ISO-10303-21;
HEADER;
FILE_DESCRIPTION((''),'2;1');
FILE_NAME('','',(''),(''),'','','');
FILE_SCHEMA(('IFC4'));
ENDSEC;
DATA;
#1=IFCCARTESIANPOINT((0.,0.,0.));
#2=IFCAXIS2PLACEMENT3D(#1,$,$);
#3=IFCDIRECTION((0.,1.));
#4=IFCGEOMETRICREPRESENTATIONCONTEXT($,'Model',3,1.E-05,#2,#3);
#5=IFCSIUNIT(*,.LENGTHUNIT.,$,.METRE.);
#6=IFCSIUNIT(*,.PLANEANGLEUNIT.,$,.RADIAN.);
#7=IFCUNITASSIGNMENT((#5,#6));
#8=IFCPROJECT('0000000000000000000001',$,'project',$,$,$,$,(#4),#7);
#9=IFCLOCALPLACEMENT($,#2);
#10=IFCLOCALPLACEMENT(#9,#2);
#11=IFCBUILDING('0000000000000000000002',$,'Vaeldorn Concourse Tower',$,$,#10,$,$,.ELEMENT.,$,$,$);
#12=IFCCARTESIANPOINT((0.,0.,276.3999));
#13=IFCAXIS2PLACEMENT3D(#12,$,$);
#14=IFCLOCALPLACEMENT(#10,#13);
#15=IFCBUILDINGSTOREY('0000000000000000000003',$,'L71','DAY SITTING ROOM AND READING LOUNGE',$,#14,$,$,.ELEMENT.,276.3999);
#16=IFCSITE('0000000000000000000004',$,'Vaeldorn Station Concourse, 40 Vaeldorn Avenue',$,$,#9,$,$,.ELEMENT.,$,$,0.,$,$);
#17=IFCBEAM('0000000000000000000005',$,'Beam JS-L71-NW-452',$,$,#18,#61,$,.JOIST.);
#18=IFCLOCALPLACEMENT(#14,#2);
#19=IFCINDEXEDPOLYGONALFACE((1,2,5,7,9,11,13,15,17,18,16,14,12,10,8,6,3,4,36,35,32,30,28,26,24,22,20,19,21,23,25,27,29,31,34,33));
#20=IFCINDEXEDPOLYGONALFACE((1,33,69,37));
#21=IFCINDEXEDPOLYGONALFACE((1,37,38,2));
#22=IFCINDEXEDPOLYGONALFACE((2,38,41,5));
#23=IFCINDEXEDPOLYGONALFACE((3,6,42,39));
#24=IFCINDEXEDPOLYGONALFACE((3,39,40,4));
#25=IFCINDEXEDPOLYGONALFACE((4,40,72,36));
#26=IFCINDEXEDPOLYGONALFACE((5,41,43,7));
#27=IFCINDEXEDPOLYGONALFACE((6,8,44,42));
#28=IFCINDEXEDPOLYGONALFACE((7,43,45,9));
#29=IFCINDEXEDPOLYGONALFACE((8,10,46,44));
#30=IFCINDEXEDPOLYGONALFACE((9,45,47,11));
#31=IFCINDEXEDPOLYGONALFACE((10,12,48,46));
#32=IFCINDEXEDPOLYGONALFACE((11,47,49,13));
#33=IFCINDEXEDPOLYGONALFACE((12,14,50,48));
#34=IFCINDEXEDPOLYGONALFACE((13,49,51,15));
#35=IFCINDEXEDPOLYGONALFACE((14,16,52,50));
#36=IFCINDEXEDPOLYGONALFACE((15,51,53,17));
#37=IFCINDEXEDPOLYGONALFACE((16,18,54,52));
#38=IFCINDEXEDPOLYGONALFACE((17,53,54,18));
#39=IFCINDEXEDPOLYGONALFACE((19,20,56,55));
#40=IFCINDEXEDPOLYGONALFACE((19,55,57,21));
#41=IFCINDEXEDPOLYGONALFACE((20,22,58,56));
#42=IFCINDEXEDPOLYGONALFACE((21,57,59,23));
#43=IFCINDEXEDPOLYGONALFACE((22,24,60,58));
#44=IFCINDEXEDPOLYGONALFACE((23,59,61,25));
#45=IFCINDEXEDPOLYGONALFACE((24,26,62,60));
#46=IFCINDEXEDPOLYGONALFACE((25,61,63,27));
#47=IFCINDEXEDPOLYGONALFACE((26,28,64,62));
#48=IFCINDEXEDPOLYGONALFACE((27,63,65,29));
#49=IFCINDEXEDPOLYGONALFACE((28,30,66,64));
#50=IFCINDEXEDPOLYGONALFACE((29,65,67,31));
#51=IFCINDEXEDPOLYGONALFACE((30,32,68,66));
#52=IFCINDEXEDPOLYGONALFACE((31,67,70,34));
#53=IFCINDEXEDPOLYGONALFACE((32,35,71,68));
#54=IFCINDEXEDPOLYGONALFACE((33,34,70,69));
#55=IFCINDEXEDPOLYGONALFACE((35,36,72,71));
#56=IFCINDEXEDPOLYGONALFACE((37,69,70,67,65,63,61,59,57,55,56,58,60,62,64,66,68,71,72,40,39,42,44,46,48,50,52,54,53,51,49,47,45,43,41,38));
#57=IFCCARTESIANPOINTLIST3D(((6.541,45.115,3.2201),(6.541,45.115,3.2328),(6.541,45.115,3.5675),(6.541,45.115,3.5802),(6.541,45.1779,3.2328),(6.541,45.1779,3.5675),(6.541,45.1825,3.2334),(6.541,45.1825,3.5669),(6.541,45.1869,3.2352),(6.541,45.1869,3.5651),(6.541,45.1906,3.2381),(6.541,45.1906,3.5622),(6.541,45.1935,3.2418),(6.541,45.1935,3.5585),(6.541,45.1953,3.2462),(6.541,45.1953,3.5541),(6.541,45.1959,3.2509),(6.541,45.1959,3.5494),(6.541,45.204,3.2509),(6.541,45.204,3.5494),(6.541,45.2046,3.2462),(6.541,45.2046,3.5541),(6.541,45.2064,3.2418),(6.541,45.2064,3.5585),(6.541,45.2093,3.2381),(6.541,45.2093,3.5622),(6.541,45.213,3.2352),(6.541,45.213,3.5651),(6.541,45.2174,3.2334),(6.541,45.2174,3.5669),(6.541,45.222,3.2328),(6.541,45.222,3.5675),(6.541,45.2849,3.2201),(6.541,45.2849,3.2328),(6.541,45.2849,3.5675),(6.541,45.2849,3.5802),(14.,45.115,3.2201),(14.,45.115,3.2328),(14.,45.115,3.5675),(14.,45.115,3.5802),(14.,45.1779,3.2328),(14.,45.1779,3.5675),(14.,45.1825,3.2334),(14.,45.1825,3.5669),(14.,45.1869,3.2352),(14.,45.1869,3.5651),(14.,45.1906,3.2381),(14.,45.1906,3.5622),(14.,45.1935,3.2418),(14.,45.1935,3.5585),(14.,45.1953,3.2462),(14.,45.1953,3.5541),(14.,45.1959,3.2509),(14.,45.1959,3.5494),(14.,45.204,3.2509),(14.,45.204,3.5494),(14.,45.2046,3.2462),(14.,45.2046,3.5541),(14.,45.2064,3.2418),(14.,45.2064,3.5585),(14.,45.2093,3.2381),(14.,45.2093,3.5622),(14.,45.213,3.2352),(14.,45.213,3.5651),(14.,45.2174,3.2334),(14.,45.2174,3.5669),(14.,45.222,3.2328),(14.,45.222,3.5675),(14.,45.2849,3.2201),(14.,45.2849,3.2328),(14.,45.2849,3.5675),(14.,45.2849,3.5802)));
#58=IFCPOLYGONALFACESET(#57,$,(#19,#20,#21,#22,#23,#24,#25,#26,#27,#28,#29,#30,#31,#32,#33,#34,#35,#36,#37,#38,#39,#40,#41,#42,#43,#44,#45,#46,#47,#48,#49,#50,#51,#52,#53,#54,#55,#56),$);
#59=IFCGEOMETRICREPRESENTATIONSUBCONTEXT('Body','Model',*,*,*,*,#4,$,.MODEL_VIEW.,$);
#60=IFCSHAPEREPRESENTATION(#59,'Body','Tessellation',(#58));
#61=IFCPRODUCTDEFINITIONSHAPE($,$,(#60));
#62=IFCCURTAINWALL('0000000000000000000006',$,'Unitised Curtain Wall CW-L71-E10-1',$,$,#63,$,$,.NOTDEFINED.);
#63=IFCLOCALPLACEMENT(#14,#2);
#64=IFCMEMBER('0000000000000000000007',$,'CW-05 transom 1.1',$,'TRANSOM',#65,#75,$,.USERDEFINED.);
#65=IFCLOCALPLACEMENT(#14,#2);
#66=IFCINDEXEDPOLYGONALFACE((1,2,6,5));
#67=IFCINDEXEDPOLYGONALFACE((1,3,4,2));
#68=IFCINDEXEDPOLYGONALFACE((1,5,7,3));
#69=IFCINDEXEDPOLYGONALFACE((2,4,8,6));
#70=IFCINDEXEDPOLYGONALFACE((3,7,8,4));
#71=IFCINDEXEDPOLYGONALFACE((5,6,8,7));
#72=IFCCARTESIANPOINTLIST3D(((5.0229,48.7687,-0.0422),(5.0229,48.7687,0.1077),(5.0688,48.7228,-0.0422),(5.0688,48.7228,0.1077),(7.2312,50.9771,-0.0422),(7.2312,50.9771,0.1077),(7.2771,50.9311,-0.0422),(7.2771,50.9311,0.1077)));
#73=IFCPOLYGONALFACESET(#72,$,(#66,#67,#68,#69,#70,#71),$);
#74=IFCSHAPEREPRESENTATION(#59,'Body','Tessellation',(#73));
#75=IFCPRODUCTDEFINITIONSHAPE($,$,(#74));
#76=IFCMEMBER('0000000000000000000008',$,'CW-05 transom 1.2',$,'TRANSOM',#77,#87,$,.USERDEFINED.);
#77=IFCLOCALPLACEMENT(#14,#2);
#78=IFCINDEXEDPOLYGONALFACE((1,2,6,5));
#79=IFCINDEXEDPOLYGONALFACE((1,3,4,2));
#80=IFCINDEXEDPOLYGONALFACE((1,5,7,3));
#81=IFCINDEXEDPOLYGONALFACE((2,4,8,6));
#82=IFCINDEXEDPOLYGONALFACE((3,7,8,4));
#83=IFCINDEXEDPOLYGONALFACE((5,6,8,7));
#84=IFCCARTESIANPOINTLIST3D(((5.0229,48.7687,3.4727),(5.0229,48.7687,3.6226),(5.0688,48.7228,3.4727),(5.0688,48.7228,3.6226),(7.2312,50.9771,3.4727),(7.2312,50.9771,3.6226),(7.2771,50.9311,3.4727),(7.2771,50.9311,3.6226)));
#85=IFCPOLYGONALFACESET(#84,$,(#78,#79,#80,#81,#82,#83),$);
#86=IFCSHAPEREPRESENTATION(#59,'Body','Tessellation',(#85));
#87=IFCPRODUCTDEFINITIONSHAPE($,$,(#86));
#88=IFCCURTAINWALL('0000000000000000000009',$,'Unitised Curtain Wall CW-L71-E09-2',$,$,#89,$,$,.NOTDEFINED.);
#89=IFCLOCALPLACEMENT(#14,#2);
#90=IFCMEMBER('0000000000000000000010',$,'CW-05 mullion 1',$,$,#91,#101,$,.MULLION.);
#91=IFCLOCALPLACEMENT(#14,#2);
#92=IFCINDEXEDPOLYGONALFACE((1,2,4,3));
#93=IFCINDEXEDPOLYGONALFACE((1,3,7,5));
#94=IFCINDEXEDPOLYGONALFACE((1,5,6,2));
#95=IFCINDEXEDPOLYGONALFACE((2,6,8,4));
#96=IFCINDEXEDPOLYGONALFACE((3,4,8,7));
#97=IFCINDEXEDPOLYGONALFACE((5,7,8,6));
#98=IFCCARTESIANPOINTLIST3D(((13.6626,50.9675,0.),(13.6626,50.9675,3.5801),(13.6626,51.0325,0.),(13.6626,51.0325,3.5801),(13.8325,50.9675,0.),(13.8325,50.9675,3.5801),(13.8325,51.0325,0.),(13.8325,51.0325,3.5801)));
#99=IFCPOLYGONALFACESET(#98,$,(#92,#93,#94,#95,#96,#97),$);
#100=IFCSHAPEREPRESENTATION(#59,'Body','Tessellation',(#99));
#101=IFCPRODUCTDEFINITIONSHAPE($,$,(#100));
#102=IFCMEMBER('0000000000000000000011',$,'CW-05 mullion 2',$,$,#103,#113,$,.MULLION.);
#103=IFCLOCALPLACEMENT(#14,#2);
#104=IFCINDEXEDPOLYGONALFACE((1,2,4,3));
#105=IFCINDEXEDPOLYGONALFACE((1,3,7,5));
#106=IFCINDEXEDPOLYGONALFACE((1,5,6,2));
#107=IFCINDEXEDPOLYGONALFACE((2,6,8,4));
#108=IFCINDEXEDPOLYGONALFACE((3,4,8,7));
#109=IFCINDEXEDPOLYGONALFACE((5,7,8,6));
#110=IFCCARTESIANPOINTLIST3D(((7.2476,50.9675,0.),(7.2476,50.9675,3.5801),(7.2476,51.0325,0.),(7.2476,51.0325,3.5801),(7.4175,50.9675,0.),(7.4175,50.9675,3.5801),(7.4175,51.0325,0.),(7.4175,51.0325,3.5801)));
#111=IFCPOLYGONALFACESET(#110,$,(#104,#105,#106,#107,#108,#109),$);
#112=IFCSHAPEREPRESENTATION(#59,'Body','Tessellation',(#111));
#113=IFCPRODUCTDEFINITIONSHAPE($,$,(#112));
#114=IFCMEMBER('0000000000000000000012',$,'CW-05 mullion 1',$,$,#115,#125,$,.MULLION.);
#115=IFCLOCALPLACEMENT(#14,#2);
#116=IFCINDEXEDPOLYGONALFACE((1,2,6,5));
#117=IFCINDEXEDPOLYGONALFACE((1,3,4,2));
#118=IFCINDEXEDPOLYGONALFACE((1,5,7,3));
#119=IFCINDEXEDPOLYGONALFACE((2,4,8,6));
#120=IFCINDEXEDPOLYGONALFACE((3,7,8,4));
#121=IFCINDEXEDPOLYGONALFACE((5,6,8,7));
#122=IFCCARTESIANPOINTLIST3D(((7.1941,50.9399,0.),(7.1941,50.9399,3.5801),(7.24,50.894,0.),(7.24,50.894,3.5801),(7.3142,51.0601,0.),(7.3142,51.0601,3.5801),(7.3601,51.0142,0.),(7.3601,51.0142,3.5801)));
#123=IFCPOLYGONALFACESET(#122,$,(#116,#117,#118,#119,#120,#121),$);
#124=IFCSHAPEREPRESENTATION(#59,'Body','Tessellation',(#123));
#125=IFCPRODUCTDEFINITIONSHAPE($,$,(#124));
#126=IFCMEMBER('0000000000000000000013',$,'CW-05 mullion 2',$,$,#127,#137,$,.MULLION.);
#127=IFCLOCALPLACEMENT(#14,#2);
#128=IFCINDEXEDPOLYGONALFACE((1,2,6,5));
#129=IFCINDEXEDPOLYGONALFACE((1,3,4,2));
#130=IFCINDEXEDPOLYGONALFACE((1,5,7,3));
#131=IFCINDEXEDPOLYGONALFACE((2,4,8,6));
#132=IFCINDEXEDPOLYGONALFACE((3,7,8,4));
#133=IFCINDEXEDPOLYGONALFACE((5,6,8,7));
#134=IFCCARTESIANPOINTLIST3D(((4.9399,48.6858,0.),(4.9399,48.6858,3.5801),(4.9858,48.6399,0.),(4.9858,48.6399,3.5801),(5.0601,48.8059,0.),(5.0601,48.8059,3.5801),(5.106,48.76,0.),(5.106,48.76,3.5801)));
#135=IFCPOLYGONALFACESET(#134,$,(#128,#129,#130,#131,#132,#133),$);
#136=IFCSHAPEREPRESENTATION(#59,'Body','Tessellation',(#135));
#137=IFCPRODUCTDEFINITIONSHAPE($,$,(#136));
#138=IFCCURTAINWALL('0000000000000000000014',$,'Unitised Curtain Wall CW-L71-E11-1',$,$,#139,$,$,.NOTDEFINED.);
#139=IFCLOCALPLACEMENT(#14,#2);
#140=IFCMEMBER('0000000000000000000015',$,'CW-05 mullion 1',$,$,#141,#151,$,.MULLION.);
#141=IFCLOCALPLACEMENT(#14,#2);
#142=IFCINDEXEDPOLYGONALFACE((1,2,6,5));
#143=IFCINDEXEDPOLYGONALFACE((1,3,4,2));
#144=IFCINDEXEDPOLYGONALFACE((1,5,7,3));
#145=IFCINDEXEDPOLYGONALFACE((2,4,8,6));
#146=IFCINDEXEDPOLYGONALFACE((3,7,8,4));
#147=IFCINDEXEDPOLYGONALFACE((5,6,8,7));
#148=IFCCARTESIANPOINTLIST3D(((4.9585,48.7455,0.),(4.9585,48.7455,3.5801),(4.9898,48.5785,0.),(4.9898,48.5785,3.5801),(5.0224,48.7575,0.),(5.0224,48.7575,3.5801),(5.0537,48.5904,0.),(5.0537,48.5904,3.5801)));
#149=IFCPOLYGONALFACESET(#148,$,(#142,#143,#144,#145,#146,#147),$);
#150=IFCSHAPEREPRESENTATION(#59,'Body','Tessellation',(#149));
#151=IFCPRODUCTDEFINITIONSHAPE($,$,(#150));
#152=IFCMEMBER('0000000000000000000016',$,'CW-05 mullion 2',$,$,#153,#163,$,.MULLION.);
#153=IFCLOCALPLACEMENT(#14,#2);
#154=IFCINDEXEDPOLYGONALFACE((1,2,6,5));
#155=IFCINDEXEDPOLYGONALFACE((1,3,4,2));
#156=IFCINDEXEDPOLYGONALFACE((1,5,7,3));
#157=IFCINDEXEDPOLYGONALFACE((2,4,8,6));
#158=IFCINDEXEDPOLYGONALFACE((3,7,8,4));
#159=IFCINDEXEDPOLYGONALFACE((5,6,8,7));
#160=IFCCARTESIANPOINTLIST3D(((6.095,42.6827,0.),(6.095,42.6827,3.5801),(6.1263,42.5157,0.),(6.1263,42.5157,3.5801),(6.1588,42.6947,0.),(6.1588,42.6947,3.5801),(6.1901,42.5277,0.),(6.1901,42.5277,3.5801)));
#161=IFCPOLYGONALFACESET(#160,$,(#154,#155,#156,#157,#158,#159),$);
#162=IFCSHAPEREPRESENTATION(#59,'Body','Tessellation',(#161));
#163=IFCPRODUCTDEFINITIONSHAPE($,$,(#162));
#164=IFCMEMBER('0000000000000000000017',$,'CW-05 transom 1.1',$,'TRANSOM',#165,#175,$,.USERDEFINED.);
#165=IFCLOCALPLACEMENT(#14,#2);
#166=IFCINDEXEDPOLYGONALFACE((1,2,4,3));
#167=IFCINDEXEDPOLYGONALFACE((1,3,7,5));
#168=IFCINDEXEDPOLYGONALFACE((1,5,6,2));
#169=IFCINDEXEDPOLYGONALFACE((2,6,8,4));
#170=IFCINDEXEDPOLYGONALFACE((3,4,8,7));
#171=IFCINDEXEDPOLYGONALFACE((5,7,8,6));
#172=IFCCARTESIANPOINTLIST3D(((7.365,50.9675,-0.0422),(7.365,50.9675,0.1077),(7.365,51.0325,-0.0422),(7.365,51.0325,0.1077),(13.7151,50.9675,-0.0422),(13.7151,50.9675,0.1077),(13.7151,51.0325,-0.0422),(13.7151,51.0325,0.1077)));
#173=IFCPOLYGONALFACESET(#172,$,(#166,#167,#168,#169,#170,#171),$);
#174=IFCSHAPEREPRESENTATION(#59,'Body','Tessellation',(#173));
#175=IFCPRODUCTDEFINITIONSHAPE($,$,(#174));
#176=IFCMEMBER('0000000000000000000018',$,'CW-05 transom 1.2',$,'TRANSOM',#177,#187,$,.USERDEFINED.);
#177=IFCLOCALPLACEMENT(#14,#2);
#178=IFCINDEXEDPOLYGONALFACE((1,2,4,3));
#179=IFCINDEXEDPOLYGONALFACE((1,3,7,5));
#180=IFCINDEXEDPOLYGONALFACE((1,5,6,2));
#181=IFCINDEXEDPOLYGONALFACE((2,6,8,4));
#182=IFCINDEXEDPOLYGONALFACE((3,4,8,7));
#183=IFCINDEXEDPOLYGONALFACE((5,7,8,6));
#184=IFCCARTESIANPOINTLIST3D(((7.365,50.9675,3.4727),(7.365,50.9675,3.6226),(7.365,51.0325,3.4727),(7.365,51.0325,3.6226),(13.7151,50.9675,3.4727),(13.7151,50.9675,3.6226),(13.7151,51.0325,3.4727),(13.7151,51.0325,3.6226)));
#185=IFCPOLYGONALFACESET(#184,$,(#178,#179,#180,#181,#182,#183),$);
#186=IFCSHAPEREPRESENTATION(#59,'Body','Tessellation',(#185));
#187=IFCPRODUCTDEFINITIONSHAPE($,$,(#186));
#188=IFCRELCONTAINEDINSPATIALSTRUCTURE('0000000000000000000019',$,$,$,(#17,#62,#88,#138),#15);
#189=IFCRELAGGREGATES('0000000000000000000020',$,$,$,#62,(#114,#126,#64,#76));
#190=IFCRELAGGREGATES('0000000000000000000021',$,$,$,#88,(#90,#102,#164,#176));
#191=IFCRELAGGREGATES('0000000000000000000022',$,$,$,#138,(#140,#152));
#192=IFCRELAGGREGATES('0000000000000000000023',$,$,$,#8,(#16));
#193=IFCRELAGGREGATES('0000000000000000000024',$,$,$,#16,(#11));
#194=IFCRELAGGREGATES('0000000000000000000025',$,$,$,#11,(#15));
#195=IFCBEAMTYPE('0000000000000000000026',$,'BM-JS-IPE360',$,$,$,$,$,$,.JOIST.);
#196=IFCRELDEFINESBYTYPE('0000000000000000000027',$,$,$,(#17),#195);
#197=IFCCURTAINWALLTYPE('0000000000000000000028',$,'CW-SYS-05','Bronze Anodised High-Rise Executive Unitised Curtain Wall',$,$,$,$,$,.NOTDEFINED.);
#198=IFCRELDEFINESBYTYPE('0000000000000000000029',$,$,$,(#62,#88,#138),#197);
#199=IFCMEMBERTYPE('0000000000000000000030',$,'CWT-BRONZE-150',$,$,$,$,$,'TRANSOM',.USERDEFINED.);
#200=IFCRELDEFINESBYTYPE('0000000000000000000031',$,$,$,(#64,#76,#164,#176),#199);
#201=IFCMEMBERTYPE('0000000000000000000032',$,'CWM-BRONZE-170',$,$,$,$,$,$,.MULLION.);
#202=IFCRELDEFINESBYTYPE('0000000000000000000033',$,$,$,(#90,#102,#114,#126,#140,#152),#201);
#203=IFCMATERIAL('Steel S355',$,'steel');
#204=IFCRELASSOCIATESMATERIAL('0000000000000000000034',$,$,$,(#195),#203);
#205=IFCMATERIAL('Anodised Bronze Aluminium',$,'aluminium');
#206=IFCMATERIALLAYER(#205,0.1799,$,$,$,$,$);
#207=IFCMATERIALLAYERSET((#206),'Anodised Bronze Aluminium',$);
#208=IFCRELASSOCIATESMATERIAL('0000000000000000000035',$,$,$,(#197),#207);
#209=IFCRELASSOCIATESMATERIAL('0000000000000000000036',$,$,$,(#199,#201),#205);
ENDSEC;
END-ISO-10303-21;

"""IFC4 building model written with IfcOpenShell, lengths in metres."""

from ifc_helpers import new_model, si_unit, direction, frame, origin, origin_2d, place, context, subcontext, project, spatial, rectangle, i_section, extrude, source, transform, mapped, material, layer, layer_set, material_profile, profile_set, type_object, element, aggregate, save


model = new_model("IFC4")

# Units and contexts
model_context = context("Model", 3, precision=1e-05, world=origin(), true_north=direction((0.0, 1.0)))
body_context = subcontext(model_context, "Body", "Model", "MODEL_VIEW")
ifc_project = project(units=[si_unit("LENGTHUNIT", "METRE"), si_unit("PLANEANGLEUNIT", "RADIAN")], contexts=[model_context])

# Site, building, storey
site_placement = place(None, origin())
site = spatial("IfcSite", under=ifc_project, at=site_placement, Name="Vaeldorn Station Concourse, 40 Vaeldorn Avenue", CompositionType="ELEMENT", RefElevation=0.0)
building_placement = place(site_placement, origin())
building = spatial("IfcBuilding", under=site, at=building_placement, Name="Vaeldorn Concourse Tower", CompositionType="ELEMENT")
storey_placement = place(building_placement, frame((0.0, 0.0, 276.3999)))
storey = spatial("IfcBuildingStorey", under=building, at=storey_placement, Name="L71", Description="DAY SITTING ROOM AND READING LOUNGE", CompositionType="ELEMENT", Elevation=276.3999)

# Shared definitions
ifc_material_1 = material(Name="Steel S355", Category="steel")

# Beam
ifc_material_profile_1 = material_profile(ifc_material_1, i_section(OverallWidth=0.1699, OverallDepth=0.3601, WebThickness=0.0081, FlangeThickness=0.0127, FilletRadius=0.0181, at=origin_2d()), Name="IPE 360")
ifc_profile_set_1 = profile_set([ifc_material_profile_1], Name="Steel S355")
beam_type_1 = type_object("IfcBeamType", Name="BM-JS-IPE360", PredefinedType="JOIST", material=ifc_profile_set_1)
shared_shape_1 = source(origin(), body_context, "Body", "SweptSolid", [
    extrude(i_section(OverallWidth=0.1699, OverallDepth=0.3601, WebThickness=0.0081, FlangeThickness=0.0127, FilletRadius=0.0181, at=origin_2d()), origin(), (0.0, 0.0, 1.0), 7.459),
])
beam_1_placement = place(storey_placement, frame((6.541, 45.2, 3.4001), z_axis=(1.0, 0.0, 0.0), x_axis=(0.0, 1.0, 0.0)))
element("IfcBeam", 1, at=beam_1_placement, inside=storey, type_object=beam_type_1, Name="Beam JS-L71-NW-452", PredefinedType="JOIST", context=body_context, shape_type="MappedRepresentation", body=[
    mapped(shared_shape_1, transform((0.0, 0.0, 0.0), scale=1.0)),
])

# Curtain walls, members
ifc_material_2 = material(Name="Anodised Bronze Aluminium", Category="aluminium")
ifc_layer_1 = layer(ifc_material_2, 0.1799)
ifc_layer_set_1 = layer_set([ifc_layer_1], Name="Anodised Bronze Aluminium")
curtain_wall_type = type_object("IfcCurtainWallType", Name="CW-SYS-05", Description="Bronze Anodised High-Rise Executive Unitised Curtain Wall", PredefinedType="NOTDEFINED", material=ifc_layer_set_1)
curtain_wall_1_placement = place(storey_placement, origin())
curtain_wall_1 = element("IfcCurtainWall", 2, at=curtain_wall_1_placement, inside=storey, type_object=curtain_wall_type, Name="Unitised Curtain Wall CW-L71-E10-1", PredefinedType="NOTDEFINED")
ifc_material_profile_2 = material_profile(ifc_material_2, rectangle(XDim=0.0649, YDim=0.1499, at=origin_2d()), Name="CWT 65x150")
ifc_profile_set_2 = profile_set([ifc_material_profile_2], Name="Anodised Bronze Aluminium")
member_type_1 = type_object("IfcMemberType", Name="CWT-BRONZE-150", ElementType="TRANSOM", PredefinedType="USERDEFINED", material=ifc_profile_set_2)
shared_shape_2 = source(origin(), body_context, "Body", "SweptSolid", [
    extrude(rectangle(XDim=0.0649, YDim=0.1499, at=origin_2d()), origin(), (0.0, 0.0, 1.0), 3.123),
])
member_1_placement = place(storey_placement, frame((7.2542, 50.9541, 0.0327), z_axis=(-0.707107, -0.707107, 0.0), x_axis=(0.707107, -0.707107, 0.0)))
member_1 = element("IfcMember", 3, at=member_1_placement, type_object=member_type_1, Name="CW-05 transom 1.1", ObjectType="TRANSOM", PredefinedType="USERDEFINED", context=body_context, shape_type="MappedRepresentation", body=[
    mapped(shared_shape_2, transform((0.0, 0.0, 0.0), scale=1.0)),
])
member_2_placement = place(storey_placement, frame((7.2542, 50.9541, 3.5476), z_axis=(-0.707107, -0.707107, 0.0), x_axis=(0.707107, -0.707107, 0.0)))
member_2 = element("IfcMember", 4, at=member_2_placement, type_object=member_type_1, Name="CW-05 transom 1.2", ObjectType="TRANSOM", PredefinedType="USERDEFINED", context=body_context, shape_type="MappedRepresentation", body=[
    mapped(shared_shape_2, transform((0.0, 0.0, 0.0), scale=1.0)),
])
curtain_wall_2_placement = place(storey_placement, origin())
curtain_wall_2 = element("IfcCurtainWall", 5, at=curtain_wall_2_placement, inside=storey, type_object=curtain_wall_type, Name="Unitised Curtain Wall CW-L71-E09-2", PredefinedType="NOTDEFINED")
ifc_material_profile_3 = material_profile(ifc_material_2, rectangle(XDim=0.0649, YDim=0.1699, at=origin_2d()), Name="CWM 65x170")
ifc_profile_set_3 = profile_set([ifc_material_profile_3], Name="Anodised Bronze Aluminium")
member_type_2 = type_object("IfcMemberType", Name="CWM-BRONZE-170", PredefinedType="MULLION", material=ifc_profile_set_3)
shared_shape_3 = source(origin(), body_context, "Body", "SweptSolid", [
    extrude(rectangle(XDim=0.0649, YDim=0.1699, at=origin_2d()), origin(), (0.0, 0.0, 1.0), 3.5801),
])
member_3_placement = place(storey_placement, frame((13.7476, 51.0, 0.0), z_axis=(0.0, 0.0, 1.0), x_axis=(0.0, -1.0, 0.0)))
member_3 = element("IfcMember", 6, at=member_3_placement, type_object=member_type_2, Name="CW-05 mullion 1", PredefinedType="MULLION", context=body_context, shape_type="MappedRepresentation", body=[
    mapped(shared_shape_3, transform((0.0, 0.0, 0.0), scale=1.0)),
])
member_4_placement = place(storey_placement, frame((7.3325, 51.0, 0.0), z_axis=(0.0, 0.0, 1.0), x_axis=(0.0, -1.0, 0.0)))
member_4 = element("IfcMember", 7, at=member_4_placement, type_object=member_type_2, Name="CW-05 mullion 2", PredefinedType="MULLION", context=body_context, shape_type="MappedRepresentation", body=[
    mapped(shared_shape_3, transform((0.0, 0.0, 0.0), scale=1.0)),
])

# Members
member_5_placement = place(storey_placement, frame((7.2771, 50.9771, 0.0), z_axis=(0.0, 0.0, 1.0), x_axis=(0.707107, -0.707107, 0.0)))
member_5 = element("IfcMember", 8, at=member_5_placement, type_object=member_type_2, Name="CW-05 mullion 1", PredefinedType="MULLION", context=body_context, shape_type="MappedRepresentation", body=[
    mapped(shared_shape_3, transform((0.0, 0.0, 0.0), scale=1.0)),
])
member_6_placement = place(storey_placement, frame((5.0229, 48.7229, 0.0), z_axis=(0.0, 0.0, 1.0), x_axis=(0.707107, -0.707107, 0.0)))
member_6 = element("IfcMember", 9, at=member_6_placement, type_object=member_type_2, Name="CW-05 mullion 2", PredefinedType="MULLION", context=body_context, shape_type="MappedRepresentation", body=[
    mapped(shared_shape_3, transform((0.0, 0.0, 0.0), scale=1.0)),
])

# Curtain wall, members
curtain_wall_3_placement = place(storey_placement, origin())
curtain_wall_3 = element("IfcCurtainWall", 10, at=curtain_wall_3_placement, inside=storey, type_object=curtain_wall_type, Name="Unitised Curtain Wall CW-L71-E11-1", PredefinedType="NOTDEFINED")
member_7_placement = place(storey_placement, frame((5.0061, 48.668, 0.0), z_axis=(0.0, 0.0, 1.0), x_axis=(0.98288, 0.184246, 0.0)))
member_7 = element("IfcMember", 11, at=member_7_placement, type_object=member_type_2, Name="CW-05 mullion 1", PredefinedType="MULLION", context=body_context, shape_type="MappedRepresentation", body=[
    mapped(shared_shape_3, transform((0.0, 0.0, 0.0), scale=1.0)),
])
member_8_placement = place(storey_placement, frame((6.1426, 42.6052, 0.0), z_axis=(0.0, 0.0, 1.0), x_axis=(0.98288, 0.184246, 0.0)))
member_8 = element("IfcMember", 12, at=member_8_placement, type_object=member_type_2, Name="CW-05 mullion 2", PredefinedType="MULLION", context=body_context, shape_type="MappedRepresentation", body=[
    mapped(shared_shape_3, transform((0.0, 0.0, 0.0), scale=1.0)),
])

# Members
shared_shape_4 = source(origin(), body_context, "Body", "SweptSolid", [
    extrude(rectangle(XDim=0.0649, YDim=0.1499, at=origin_2d()), origin(), (0.0, 0.0, 1.0), 6.3501),
])
member_9_placement = place(storey_placement, frame((13.7151, 51.0, 0.0327), z_axis=(-1.0, 0.0, 0.0), x_axis=(0.0, -1.0, 0.0)))
member_9 = element("IfcMember", 13, at=member_9_placement, type_object=member_type_1, Name="CW-05 transom 1.1", ObjectType="TRANSOM", PredefinedType="USERDEFINED", context=body_context, shape_type="MappedRepresentation", body=[
    mapped(shared_shape_4, transform((0.0, 0.0, 0.0), scale=1.0)),
])
member_10_placement = place(storey_placement, frame((13.7151, 51.0, 3.5476), z_axis=(-1.0, 0.0, 0.0), x_axis=(0.0, -1.0, 0.0)))
member_10 = element("IfcMember", 14, at=member_10_placement, type_object=member_type_1, Name="CW-05 transom 1.2", ObjectType="TRANSOM", PredefinedType="USERDEFINED", context=body_context, shape_type="MappedRepresentation", body=[
    mapped(shared_shape_4, transform((0.0, 0.0, 0.0), scale=1.0)),
])

aggregate(curtain_wall_1, [member_5, member_6, member_1, member_2])
aggregate(curtain_wall_2, [member_3, member_4, member_9, member_10])
aggregate(curtain_wall_3, [member_7, member_8])

save(model, "model.ifc")
